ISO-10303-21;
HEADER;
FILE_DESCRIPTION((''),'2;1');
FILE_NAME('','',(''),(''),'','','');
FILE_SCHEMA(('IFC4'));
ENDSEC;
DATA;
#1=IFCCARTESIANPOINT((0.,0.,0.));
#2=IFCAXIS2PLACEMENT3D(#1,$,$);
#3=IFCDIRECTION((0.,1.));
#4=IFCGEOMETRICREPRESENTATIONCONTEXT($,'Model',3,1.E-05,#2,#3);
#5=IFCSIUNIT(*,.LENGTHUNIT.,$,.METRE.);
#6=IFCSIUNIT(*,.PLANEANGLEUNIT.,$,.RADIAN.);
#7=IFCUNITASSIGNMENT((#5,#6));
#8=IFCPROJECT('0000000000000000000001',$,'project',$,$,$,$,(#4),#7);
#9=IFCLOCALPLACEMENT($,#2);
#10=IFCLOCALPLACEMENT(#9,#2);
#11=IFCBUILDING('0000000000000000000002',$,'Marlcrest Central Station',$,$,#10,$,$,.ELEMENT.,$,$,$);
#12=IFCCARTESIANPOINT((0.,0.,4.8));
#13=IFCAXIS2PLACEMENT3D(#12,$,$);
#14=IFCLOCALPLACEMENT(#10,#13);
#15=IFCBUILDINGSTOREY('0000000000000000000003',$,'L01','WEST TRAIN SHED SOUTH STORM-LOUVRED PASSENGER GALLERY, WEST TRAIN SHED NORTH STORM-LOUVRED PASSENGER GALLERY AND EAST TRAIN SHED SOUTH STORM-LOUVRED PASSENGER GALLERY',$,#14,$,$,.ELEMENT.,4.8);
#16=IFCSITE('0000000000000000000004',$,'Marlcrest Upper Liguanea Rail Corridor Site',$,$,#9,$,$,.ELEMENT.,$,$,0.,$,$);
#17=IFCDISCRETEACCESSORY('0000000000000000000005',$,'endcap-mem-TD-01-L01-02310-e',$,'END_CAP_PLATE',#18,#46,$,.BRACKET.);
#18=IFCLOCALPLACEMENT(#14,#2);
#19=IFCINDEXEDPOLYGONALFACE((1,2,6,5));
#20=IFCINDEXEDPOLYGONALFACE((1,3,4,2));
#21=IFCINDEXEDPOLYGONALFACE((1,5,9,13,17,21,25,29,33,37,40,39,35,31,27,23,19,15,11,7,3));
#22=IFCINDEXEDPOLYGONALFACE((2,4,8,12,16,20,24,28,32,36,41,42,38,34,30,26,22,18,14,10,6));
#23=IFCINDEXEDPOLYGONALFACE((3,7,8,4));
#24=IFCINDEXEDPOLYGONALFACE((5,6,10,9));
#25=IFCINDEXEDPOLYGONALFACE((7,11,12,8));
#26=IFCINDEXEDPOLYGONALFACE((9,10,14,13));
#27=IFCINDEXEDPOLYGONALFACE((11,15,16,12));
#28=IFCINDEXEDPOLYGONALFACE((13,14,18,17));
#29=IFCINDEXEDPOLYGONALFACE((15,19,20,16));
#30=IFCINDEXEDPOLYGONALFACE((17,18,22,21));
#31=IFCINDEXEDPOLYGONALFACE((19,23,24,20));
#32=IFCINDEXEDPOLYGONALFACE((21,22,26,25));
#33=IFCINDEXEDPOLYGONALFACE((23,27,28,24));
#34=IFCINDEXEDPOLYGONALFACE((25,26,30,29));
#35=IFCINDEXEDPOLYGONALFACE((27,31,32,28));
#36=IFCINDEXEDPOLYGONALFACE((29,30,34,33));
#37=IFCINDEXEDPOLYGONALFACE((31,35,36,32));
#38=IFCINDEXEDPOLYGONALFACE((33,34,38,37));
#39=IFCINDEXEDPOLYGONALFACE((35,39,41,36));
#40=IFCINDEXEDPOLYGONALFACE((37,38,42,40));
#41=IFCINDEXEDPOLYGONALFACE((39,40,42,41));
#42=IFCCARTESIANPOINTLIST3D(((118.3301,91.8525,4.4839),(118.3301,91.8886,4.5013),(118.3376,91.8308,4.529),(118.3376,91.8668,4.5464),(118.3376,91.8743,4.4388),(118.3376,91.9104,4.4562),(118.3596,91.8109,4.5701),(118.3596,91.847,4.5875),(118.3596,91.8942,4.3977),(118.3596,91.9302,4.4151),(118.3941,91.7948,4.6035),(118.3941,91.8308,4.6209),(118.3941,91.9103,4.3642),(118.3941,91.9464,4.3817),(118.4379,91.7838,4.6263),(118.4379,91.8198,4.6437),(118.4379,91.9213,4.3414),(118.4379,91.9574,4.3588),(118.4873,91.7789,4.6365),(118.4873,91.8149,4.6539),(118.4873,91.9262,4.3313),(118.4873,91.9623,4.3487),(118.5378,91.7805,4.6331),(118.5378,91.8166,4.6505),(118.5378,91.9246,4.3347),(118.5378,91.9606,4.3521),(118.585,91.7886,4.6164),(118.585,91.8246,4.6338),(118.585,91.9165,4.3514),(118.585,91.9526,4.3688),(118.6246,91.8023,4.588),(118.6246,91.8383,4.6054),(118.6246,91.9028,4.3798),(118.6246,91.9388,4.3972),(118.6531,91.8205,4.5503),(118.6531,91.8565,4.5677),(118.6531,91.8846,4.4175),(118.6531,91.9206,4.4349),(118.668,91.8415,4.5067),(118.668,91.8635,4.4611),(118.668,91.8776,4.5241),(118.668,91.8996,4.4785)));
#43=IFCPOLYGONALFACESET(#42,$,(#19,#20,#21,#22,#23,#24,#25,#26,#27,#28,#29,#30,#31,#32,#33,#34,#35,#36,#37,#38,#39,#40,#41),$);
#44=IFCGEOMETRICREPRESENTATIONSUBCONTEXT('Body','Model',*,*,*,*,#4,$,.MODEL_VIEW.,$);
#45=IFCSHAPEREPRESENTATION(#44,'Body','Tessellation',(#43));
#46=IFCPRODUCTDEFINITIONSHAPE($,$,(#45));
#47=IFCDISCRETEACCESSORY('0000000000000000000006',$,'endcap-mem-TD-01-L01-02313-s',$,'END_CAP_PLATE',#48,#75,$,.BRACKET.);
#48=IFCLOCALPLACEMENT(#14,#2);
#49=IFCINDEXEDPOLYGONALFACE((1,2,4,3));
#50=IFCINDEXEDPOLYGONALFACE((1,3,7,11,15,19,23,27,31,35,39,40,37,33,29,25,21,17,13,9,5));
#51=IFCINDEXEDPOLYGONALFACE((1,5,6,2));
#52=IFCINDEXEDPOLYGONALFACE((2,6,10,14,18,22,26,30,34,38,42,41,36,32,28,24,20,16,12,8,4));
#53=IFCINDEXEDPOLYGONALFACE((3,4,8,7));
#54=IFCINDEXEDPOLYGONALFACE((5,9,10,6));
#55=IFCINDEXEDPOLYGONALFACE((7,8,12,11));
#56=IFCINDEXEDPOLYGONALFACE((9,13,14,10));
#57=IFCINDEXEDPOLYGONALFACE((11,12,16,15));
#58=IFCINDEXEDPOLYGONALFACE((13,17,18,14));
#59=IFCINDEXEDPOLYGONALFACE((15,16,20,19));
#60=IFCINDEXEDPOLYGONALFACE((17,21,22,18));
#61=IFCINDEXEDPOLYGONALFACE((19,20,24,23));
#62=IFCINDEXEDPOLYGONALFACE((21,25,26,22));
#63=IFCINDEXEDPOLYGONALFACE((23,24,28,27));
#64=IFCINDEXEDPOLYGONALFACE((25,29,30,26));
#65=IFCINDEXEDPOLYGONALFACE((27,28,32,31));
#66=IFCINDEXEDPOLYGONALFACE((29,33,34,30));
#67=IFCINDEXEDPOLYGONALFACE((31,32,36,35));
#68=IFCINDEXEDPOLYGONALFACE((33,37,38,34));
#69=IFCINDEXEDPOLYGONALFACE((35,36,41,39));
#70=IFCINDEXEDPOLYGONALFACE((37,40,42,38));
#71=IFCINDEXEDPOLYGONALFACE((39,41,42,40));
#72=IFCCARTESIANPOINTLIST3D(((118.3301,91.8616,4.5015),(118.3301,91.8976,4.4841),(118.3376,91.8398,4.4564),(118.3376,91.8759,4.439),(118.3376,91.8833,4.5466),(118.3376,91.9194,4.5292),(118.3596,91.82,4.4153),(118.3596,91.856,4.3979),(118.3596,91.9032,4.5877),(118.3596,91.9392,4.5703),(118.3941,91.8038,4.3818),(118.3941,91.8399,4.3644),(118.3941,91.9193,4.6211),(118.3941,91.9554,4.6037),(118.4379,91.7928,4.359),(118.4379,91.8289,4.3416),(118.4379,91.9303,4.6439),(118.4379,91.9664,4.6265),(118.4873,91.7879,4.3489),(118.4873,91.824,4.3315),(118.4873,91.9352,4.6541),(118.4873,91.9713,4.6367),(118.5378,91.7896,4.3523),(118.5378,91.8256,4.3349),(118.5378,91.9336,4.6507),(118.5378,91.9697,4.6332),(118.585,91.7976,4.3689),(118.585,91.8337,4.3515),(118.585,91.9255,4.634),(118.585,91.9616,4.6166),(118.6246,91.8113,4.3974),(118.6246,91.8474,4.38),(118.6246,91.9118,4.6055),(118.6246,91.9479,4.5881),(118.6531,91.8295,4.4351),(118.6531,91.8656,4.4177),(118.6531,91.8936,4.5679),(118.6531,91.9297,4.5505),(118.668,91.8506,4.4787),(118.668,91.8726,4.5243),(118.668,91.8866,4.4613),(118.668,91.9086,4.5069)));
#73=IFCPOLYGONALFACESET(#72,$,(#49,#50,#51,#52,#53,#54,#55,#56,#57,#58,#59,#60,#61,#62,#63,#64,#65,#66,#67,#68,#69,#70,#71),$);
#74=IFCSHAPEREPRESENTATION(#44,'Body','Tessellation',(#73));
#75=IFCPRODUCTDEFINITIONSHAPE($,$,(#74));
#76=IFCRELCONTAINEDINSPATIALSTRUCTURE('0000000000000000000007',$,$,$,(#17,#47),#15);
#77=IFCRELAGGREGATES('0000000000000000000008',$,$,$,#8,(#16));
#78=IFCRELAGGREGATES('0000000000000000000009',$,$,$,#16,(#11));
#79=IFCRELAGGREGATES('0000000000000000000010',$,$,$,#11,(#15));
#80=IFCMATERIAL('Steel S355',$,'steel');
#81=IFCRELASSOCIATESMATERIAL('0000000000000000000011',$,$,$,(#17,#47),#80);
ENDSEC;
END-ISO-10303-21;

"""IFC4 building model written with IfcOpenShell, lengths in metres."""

from ifc_helpers import new_model, si_unit, direction, frame, origin, origin_2d, place, context, subcontext, project, spatial, circle, extrude, material, element, save


model = new_model("IFC4")

# Units and contexts
model_context = context("Model", 3, precision=1e-05, world=origin(), true_north=direction((0.0, 1.0)))
body_context = subcontext(model_context, "Body", "Model", "MODEL_VIEW")
ifc_project = project(units=[si_unit("LENGTHUNIT", "METRE"), si_unit("PLANEANGLEUNIT", "RADIAN")], contexts=[model_context])

# Site, building, storey
site_placement = place(None, origin())
site = spatial("IfcSite", under=ifc_project, at=site_placement, Name="Marlcrest Upper Liguanea Rail Corridor Site", CompositionType="ELEMENT", RefElevation=0.0)
building_placement = place(site_placement, origin())
building = spatial("IfcBuilding", under=site, at=building_placement, Name="Marlcrest Central Station", CompositionType="ELEMENT")
storey_placement = place(building_placement, frame((0.0, 0.0, 4.8)))
storey = spatial("IfcBuildingStorey", under=building, at=storey_placement, Name="L01", Description="WEST TRAIN SHED SOUTH STORM-LOUVRED PASSENGER GALLERY, WEST TRAIN SHED NORTH STORM-LOUVRED PASSENGER GALLERY AND EAST TRAIN SHED SOUTH STORM-LOUVRED PASSENGER GALLERY", CompositionType="ELEMENT", Elevation=4.8)

# Shared definitions
ifc_material_1 = material(Name="Steel S355", Category="steel")

# Discrete accessories
for number, where, z_axis, x_axis, name in (
    (1, (118.5, 91.8525, 4.4839), (0.0, 0.900552, 0.434749), (-1.0, 0.0, 0.0), "endcap-mem-TD-01-L01-02310-e"),
    (2, (118.5, 91.8616, 4.5015), (0.0, 0.900552, -0.434749), (-1.0, 0.0, 0.0), "endcap-mem-TD-01-L01-02313-s"),
):
    element("IfcDiscreteAccessory", number, at=place(storey_placement, frame(where, z_axis=z_axis, x_axis=x_axis)), inside=storey, material=ifc_material_1, Name=name, ObjectType="END_CAP_PLATE", PredefinedType="BRACKET", context=body_context, shape_type="SweptSolid", body=[
        extrude(circle(Radius=0.1699, at=origin_2d()), origin(), (0.0, 0.0, 1.0), 0.04),
    ])

save(model, "model.ifc")
